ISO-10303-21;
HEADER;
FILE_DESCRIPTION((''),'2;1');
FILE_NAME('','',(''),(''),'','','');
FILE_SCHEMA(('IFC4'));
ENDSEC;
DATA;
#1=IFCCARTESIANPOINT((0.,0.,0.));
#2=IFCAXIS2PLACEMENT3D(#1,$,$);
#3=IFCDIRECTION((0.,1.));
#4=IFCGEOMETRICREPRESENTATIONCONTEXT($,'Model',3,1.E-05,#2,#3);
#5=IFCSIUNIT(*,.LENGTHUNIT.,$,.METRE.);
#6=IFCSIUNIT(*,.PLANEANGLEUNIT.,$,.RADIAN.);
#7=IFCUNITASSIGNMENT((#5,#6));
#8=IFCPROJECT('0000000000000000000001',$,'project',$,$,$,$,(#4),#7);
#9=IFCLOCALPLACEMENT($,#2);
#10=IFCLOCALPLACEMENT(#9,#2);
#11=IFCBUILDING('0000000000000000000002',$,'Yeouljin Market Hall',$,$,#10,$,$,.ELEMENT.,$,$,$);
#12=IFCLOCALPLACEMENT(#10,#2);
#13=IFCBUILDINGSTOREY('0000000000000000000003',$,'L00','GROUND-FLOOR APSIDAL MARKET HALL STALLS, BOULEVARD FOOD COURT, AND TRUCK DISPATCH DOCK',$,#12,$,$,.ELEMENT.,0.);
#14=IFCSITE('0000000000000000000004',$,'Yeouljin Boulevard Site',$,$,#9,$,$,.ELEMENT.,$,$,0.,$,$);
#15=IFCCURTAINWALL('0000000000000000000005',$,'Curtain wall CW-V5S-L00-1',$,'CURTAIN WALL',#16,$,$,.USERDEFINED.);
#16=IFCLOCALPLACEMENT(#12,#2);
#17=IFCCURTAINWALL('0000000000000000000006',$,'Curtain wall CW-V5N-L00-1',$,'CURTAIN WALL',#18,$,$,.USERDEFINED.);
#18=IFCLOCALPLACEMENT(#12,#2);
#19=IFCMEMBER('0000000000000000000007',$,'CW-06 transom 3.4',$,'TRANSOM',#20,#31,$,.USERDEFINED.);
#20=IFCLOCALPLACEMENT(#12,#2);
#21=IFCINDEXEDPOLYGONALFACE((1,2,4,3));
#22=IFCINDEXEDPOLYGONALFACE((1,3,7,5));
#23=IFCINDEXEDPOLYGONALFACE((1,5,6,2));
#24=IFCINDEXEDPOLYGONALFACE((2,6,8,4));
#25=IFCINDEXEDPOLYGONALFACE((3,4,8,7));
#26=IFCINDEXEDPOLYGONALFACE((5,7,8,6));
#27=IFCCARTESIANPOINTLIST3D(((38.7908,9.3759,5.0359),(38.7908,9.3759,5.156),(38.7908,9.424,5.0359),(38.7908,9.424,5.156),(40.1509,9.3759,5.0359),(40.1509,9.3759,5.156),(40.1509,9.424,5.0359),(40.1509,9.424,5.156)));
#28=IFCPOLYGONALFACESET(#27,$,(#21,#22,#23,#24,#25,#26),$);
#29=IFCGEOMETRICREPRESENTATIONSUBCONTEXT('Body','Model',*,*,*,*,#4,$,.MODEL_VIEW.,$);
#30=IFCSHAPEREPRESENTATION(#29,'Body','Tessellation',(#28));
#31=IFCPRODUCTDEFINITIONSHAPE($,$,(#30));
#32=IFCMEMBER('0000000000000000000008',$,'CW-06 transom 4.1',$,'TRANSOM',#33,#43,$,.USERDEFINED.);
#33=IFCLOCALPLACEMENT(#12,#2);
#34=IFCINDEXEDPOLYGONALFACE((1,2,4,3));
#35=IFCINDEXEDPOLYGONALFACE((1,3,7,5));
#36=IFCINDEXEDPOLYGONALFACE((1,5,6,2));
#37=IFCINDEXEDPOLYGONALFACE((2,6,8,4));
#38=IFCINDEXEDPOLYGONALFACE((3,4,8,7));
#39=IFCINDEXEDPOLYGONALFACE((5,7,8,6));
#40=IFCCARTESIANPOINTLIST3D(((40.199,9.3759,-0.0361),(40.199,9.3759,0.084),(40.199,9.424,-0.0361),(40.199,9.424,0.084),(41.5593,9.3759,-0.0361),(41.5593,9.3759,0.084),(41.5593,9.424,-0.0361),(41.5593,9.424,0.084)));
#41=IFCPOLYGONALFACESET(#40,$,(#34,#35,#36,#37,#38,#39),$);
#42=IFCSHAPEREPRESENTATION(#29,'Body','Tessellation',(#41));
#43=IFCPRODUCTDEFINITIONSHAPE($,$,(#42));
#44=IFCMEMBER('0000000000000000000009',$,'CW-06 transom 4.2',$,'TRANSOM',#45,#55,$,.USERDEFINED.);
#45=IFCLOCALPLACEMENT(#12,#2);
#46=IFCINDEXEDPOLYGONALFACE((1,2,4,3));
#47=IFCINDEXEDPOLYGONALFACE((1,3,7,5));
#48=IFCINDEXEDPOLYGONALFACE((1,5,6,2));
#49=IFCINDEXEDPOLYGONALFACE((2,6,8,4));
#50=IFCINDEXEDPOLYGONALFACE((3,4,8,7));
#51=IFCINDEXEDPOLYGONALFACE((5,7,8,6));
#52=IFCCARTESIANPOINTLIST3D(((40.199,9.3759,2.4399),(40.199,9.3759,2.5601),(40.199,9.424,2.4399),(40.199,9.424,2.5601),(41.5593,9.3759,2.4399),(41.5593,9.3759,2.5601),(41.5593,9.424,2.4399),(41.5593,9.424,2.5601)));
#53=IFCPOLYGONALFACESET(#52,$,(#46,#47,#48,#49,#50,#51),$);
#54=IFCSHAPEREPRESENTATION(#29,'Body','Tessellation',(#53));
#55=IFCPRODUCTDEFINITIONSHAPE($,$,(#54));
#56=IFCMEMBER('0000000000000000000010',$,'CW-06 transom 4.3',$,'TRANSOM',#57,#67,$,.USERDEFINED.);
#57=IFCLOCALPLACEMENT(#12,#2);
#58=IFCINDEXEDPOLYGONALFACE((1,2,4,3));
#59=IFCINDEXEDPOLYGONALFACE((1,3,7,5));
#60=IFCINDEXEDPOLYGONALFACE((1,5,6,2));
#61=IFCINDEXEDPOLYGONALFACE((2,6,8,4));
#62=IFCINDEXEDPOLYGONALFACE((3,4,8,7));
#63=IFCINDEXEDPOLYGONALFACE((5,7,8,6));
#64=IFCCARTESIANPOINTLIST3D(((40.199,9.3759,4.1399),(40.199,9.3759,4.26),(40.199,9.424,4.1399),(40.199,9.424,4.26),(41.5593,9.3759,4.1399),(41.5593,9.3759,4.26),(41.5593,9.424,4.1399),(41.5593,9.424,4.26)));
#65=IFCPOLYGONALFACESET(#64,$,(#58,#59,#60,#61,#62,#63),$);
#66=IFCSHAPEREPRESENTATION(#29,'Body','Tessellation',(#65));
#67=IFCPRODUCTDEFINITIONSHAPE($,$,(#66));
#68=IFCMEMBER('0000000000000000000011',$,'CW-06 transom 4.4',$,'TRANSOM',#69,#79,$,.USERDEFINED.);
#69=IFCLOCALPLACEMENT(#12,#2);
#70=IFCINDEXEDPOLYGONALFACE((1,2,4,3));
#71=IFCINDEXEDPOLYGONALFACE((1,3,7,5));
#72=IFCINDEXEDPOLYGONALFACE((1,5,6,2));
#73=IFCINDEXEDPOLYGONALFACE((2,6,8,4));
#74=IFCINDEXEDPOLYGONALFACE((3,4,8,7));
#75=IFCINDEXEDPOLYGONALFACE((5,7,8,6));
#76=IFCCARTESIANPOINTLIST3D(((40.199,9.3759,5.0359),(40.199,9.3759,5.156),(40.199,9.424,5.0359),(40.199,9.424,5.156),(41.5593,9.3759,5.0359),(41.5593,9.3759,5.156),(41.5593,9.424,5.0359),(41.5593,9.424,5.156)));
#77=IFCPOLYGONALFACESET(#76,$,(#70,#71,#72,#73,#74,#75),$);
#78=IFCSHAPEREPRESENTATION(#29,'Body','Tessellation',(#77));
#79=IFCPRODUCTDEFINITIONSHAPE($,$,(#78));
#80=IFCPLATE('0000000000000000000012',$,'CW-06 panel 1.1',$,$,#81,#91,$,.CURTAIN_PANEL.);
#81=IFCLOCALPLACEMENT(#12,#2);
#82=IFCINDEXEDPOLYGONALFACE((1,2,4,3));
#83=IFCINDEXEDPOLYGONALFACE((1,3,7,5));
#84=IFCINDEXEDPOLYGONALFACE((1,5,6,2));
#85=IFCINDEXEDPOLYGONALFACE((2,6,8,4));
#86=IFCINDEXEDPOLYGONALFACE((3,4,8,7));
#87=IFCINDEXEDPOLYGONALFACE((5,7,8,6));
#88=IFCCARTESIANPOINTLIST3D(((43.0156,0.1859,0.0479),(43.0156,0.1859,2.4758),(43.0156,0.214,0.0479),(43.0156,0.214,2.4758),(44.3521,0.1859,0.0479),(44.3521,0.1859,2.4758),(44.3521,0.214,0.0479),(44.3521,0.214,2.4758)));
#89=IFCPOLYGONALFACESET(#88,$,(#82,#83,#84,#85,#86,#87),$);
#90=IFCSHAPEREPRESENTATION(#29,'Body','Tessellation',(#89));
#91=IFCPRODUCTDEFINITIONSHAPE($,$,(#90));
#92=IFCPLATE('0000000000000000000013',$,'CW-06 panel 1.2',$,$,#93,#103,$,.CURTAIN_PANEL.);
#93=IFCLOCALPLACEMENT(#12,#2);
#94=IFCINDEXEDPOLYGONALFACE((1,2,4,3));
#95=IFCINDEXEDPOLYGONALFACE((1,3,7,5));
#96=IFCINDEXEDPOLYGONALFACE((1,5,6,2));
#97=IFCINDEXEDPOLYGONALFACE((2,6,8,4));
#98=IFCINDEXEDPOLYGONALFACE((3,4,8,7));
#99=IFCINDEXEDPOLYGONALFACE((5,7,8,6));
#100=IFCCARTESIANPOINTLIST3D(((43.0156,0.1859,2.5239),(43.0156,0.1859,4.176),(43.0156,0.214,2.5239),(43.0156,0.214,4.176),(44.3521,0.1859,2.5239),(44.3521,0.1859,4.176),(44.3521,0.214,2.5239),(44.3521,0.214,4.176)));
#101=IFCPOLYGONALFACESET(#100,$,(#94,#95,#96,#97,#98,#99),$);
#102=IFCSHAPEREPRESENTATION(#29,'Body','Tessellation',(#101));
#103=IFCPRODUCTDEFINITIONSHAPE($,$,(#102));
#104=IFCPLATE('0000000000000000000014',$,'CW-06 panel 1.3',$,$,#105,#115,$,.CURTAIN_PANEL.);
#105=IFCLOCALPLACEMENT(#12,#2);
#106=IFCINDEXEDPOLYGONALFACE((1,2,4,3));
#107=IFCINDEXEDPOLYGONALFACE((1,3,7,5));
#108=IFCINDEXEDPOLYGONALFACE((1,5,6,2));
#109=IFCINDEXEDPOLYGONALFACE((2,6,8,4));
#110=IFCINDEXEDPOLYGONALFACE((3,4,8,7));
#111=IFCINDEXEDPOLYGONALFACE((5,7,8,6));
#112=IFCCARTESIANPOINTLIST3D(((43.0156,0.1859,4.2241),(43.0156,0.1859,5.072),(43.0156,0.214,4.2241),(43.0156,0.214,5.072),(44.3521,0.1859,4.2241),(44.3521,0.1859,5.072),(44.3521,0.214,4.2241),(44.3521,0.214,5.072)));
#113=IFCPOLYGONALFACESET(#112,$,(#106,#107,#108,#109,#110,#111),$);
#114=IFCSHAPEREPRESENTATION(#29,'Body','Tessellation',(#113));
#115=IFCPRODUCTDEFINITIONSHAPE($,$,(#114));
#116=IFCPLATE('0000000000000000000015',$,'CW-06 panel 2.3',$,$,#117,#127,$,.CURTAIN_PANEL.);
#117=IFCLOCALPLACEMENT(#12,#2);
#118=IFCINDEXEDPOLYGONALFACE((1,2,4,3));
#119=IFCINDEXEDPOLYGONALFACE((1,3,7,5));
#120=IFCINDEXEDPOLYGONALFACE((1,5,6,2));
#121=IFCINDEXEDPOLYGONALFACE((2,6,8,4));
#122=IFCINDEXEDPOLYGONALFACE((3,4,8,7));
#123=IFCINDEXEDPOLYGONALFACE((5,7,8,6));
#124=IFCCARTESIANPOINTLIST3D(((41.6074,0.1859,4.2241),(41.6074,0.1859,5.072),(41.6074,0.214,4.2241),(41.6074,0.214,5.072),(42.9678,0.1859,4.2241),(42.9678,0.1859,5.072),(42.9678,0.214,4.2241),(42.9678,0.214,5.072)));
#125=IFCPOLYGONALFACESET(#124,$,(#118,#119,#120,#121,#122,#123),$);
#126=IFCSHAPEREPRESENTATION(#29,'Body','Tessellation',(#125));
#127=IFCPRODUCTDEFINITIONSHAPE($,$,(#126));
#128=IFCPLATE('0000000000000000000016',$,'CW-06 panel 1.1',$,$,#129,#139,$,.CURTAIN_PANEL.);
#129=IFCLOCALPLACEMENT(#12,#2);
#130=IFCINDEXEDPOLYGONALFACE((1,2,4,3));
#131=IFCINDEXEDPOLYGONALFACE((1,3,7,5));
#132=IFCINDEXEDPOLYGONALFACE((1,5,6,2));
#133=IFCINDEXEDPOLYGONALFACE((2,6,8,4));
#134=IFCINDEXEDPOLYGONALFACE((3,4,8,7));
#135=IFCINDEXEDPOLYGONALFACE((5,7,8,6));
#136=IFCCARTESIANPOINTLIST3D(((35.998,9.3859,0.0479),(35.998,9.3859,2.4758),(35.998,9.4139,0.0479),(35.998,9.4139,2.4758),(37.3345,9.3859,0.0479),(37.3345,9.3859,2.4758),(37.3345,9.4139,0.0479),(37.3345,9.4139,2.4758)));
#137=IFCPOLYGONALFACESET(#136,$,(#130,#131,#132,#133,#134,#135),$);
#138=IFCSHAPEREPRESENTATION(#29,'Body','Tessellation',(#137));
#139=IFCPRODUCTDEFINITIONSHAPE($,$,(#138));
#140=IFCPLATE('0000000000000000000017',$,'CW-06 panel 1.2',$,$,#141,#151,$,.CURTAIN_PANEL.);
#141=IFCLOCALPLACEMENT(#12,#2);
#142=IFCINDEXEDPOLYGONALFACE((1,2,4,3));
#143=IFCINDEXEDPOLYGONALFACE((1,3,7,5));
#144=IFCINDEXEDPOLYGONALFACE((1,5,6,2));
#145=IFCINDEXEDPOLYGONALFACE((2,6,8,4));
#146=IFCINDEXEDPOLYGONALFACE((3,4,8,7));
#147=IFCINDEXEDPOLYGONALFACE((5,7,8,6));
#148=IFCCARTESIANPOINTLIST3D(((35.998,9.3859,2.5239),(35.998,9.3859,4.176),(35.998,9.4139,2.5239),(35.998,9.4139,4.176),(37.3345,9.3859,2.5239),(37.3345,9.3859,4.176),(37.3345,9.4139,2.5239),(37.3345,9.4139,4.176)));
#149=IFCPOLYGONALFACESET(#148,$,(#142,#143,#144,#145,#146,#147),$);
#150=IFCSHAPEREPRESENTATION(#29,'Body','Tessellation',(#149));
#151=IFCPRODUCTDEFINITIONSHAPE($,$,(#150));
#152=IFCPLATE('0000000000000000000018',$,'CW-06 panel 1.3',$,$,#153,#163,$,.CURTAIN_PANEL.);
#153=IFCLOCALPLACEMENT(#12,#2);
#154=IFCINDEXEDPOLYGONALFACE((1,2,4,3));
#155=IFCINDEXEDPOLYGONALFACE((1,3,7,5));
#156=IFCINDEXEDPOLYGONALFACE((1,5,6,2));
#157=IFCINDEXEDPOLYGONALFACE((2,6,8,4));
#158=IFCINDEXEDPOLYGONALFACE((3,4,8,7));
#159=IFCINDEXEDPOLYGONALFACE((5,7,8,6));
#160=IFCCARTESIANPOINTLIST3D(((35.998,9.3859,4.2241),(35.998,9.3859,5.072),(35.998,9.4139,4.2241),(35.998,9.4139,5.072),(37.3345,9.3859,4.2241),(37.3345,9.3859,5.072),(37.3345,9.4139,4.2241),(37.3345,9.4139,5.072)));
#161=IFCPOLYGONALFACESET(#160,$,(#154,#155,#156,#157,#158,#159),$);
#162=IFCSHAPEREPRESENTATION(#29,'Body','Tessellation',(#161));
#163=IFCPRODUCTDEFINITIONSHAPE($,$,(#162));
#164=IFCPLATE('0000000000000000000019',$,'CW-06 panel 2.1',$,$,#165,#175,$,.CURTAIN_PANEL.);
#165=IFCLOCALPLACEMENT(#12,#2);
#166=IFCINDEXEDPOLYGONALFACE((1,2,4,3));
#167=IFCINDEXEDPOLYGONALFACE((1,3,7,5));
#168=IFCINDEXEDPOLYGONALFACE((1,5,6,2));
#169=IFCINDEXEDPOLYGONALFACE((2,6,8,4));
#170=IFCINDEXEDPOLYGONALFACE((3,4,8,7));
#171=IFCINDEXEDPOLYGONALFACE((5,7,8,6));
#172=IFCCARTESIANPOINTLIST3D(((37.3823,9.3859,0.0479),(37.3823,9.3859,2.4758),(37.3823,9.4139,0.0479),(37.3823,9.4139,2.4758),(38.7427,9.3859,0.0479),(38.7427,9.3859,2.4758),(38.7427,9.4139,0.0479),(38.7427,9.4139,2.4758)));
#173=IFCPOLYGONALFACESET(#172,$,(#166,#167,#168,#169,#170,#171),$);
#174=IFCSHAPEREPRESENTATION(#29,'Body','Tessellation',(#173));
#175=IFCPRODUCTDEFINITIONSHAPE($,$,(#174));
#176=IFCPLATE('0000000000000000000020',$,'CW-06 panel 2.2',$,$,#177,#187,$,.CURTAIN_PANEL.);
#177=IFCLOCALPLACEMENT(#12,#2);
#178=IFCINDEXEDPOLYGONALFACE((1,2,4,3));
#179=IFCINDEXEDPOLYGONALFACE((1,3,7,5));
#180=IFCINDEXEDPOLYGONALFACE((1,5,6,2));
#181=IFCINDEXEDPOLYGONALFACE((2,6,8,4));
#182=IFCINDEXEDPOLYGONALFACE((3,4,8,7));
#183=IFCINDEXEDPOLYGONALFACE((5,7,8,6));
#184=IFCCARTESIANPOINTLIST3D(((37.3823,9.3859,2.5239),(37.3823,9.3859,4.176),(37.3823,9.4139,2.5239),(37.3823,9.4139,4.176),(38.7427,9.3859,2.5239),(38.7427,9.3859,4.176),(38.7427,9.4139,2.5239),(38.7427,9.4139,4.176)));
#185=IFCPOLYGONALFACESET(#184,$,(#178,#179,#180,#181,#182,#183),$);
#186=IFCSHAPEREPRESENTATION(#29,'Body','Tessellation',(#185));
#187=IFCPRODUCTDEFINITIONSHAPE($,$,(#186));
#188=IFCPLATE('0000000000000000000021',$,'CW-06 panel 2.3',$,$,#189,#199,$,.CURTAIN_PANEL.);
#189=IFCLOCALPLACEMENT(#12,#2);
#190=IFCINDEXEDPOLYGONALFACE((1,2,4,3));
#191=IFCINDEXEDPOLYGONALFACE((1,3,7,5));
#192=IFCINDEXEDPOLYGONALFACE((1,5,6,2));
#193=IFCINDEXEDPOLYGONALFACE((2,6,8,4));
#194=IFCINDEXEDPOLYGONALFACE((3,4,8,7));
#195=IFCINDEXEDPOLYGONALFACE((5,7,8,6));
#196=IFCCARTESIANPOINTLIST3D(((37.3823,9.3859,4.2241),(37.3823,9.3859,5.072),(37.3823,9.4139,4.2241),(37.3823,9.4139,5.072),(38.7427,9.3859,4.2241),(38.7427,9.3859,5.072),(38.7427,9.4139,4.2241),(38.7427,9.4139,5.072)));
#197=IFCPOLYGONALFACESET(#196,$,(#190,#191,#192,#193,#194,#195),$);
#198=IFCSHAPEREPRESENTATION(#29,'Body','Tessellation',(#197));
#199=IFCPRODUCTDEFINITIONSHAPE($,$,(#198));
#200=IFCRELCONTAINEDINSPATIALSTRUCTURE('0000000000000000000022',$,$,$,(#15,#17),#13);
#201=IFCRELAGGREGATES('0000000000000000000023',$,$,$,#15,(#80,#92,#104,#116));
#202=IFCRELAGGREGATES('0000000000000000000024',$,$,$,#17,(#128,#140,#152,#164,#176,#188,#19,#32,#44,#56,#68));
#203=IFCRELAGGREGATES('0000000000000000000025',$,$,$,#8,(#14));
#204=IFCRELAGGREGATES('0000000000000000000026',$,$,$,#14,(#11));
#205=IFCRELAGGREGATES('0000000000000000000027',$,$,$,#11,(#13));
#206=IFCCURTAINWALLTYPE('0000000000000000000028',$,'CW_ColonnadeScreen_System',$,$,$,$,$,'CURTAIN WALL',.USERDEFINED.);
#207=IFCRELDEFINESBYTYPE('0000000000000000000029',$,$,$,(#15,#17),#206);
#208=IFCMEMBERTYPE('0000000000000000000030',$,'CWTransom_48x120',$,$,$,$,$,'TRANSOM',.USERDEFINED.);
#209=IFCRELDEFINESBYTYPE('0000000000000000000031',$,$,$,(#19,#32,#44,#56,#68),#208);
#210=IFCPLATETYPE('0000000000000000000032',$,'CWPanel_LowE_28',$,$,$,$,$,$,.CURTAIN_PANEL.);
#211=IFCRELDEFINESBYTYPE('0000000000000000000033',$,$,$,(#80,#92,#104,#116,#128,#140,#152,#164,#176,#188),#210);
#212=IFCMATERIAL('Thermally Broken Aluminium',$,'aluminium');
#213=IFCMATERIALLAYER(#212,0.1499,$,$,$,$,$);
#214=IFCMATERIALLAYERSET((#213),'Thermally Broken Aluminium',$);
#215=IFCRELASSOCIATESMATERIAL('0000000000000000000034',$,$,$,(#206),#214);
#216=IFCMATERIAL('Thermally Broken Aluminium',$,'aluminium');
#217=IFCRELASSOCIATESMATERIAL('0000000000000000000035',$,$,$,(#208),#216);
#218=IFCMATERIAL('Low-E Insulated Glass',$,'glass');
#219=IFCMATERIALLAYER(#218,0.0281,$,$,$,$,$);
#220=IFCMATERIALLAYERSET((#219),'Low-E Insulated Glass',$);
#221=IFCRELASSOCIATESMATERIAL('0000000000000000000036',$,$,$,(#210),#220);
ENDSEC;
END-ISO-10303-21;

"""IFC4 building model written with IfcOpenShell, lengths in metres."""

from ifc_helpers import new_model, si_unit, direction, frame, origin, origin_2d, place, context, subcontext, project, spatial, rectangle, extrude, material, layer, layer_set, material_profile, profile_set, type_object, element, aggregate, save


model = new_model("IFC4")

# Units and contexts
model_context = context("Model", 3, precision=1e-05, world=origin(), true_north=direction((0.0, 1.0)))
body_context = subcontext(model_context, "Body", "Model", "MODEL_VIEW")
ifc_project = project(units=[si_unit("LENGTHUNIT", "METRE"), si_unit("PLANEANGLEUNIT", "RADIAN")], contexts=[model_context])

# Site, building, storey
site_placement = place(None, origin())
site = spatial("IfcSite", under=ifc_project, at=site_placement, Name="Yeouljin Boulevard Site", CompositionType="ELEMENT", RefElevation=0.0)
building_placement = place(site_placement, origin())
building = spatial("IfcBuilding", under=site, at=building_placement, Name="Yeouljin Market Hall", CompositionType="ELEMENT")
storey_placement = place(building_placement, origin())
storey = spatial("IfcBuildingStorey", under=building, at=storey_placement, Name="L00", Description="GROUND-FLOOR APSIDAL MARKET HALL STALLS, BOULEVARD FOOD COURT, AND TRUCK DISPATCH DOCK", CompositionType="ELEMENT", Elevation=0.0)

# Curtain wall
ifc_material_1 = material(Name="Thermally Broken Aluminium", Category="aluminium")
ifc_layer_1 = layer(ifc_material_1, 0.1499)
ifc_layer_set_1 = layer_set([ifc_layer_1], Name="Thermally Broken Aluminium")
curtain_wall_type = type_object("IfcCurtainWallType", Name="CW_ColonnadeScreen_System", ElementType="CURTAIN WALL", PredefinedType="USERDEFINED", material=ifc_layer_set_1)
curtain_wall_1_placement = place(storey_placement, origin())
curtain_wall_1 = element("IfcCurtainWall", 1, at=curtain_wall_1_placement, inside=storey, type_object=curtain_wall_type, Name="Curtain wall CW-V5S-L00-1", ObjectType="CURTAIN WALL", PredefinedType="USERDEFINED")

# Curtain wall
curtain_wall_2_placement = place(storey_placement, origin())
curtain_wall_2 = element("IfcCurtainWall", 2, at=curtain_wall_2_placement, inside=storey, type_object=curtain_wall_type, Name="Curtain wall CW-V5N-L00-1", ObjectType="CURTAIN WALL", PredefinedType="USERDEFINED")

# Members
ifc_material_2 = material(Name="Thermally Broken Aluminium", Category="aluminium")
ifc_material_profile_1 = material_profile(ifc_material_2, rectangle(XDim=0.0481, YDim=0.1201, at=origin_2d()), Name="CW-TRAN-48x120")
ifc_profile_set_1 = profile_set([ifc_material_profile_1], Name="Thermally Broken Aluminium")
member_type_1 = type_object("IfcMemberType", Name="CWTransom_48x120", ElementType="TRANSOM", PredefinedType="USERDEFINED", material=ifc_profile_set_1)
member_1_placement = place(storey_placement, frame((38.7908, 9.3999, 5.0959), z_axis=(1.0, 0.0, 0.0), x_axis=(0.0, 1.0, 0.0)))
member_1 = element("IfcMember", 3, at=member_1_placement, type_object=member_type_1, Name="CW-06 transom 3.4", ObjectType="TRANSOM", PredefinedType="USERDEFINED", context=body_context, shape_type="SweptSolid", body=[
    extrude(rectangle(XDim=0.0481, YDim=0.1201, at=origin_2d()), origin(), (0.0, 0.0, 1.0), 1.3601),
])
member_2_placement = place(storey_placement, frame((40.199, 9.3999, 0.0239), z_axis=(1.0, 0.0, 0.0), x_axis=(0.0, 1.0, 0.0)))
member_2 = element("IfcMember", 4, at=member_2_placement, type_object=member_type_1, Name="CW-06 transom 4.1", ObjectType="TRANSOM", PredefinedType="USERDEFINED", context=body_context, shape_type="SweptSolid", body=[
    extrude(rectangle(XDim=0.0481, YDim=0.1201, at=origin_2d()), origin(), (0.0, 0.0, 1.0), 1.3604),
])
member_3_placement = place(storey_placement, frame((40.199, 9.3999, 2.5), z_axis=(1.0, 0.0, 0.0), x_axis=(0.0, 1.0, 0.0)))
member_3 = element("IfcMember", 5, at=member_3_placement, type_object=member_type_1, Name="CW-06 transom 4.2", ObjectType="TRANSOM", PredefinedType="USERDEFINED", context=body_context, shape_type="SweptSolid", body=[
    extrude(rectangle(XDim=0.0481, YDim=0.1201, at=origin_2d()), origin(), (0.0, 0.0, 1.0), 1.3604),
])
member_4_placement = place(storey_placement, frame((40.199, 9.3999, 4.2), z_axis=(1.0, 0.0, 0.0), x_axis=(0.0, 1.0, 0.0)))
member_4 = element("IfcMember", 6, at=member_4_placement, type_object=member_type_1, Name="CW-06 transom 4.3", ObjectType="TRANSOM", PredefinedType="USERDEFINED", context=body_context, shape_type="SweptSolid", body=[
    extrude(rectangle(XDim=0.0481, YDim=0.1201, at=origin_2d()), origin(), (0.0, 0.0, 1.0), 1.3604),
])
member_5_placement = place(storey_placement, frame((40.199, 9.3999, 5.0959), z_axis=(1.0, 0.0, 0.0), x_axis=(0.0, 1.0, 0.0)))
member_5 = element("IfcMember", 7, at=member_5_placement, type_object=member_type_1, Name="CW-06 transom 4.4", ObjectType="TRANSOM", PredefinedType="USERDEFINED", context=body_context, shape_type="SweptSolid", body=[
    extrude(rectangle(XDim=0.0481, YDim=0.1201, at=origin_2d()), origin(), (0.0, 0.0, 1.0), 1.3604),
])

# Plates
ifc_material_3 = material(Name="Low-E Insulated Glass", Category="glass")
ifc_layer_2 = layer(ifc_material_3, 0.0281)
ifc_layer_set_2 = layer_set([ifc_layer_2], Name="Low-E Insulated Glass")
plate_type = type_object("IfcPlateType", Name="CWPanel_LowE_28", PredefinedType="CURTAIN_PANEL", material=ifc_layer_set_2)
plate_1_placement = place(storey_placement, frame((43.6838, 0.2, 0.0479), z_axis=(0.0, 0.0, 1.0), x_axis=(-1.0, 0.0, 0.0)))
plate_1 = element("IfcPlate", 8, at=plate_1_placement, type_object=plate_type, Name="CW-06 panel 1.1", PredefinedType="CURTAIN_PANEL", context=body_context, shape_type="SweptSolid", body=[
    extrude(rectangle(XDim=1.3364, YDim=0.0281, at=origin_2d()), origin(), (0.0, 0.0, 1.0), 2.428),
])
plate_2_placement = place(storey_placement, frame((43.6838, 0.2, 2.5239), z_axis=(0.0, 0.0, 1.0), x_axis=(-1.0, 0.0, 0.0)))
plate_2 = element("IfcPlate", 9, at=plate_2_placement, type_object=plate_type, Name="CW-06 panel 1.2", PredefinedType="CURTAIN_PANEL", context=body_context, shape_type="SweptSolid", body=[
    extrude(rectangle(XDim=1.3364, YDim=0.0281, at=origin_2d()), origin(), (0.0, 0.0, 1.0), 1.6521),
])
plate_3_placement = place(storey_placement, frame((43.6838, 0.2, 4.2241), z_axis=(0.0, 0.0, 1.0), x_axis=(-1.0, 0.0, 0.0)))
plate_3 = element("IfcPlate", 10, at=plate_3_placement, type_object=plate_type, Name="CW-06 panel 1.3", PredefinedType="CURTAIN_PANEL", context=body_context, shape_type="SweptSolid", body=[
    extrude(rectangle(XDim=1.3364, YDim=0.0281, at=origin_2d()), origin(), (0.0, 0.0, 1.0), 0.8479),
])
plate_4_placement = place(storey_placement, frame((42.2876, 0.2, 4.2241), z_axis=(0.0, 0.0, 1.0), x_axis=(-1.0, 0.0, 0.0)))
plate_4 = element("IfcPlate", 11, at=plate_4_placement, type_object=plate_type, Name="CW-06 panel 2.3", PredefinedType="CURTAIN_PANEL", context=body_context, shape_type="SweptSolid", body=[
    extrude(rectangle(XDim=1.3604, YDim=0.0281, at=origin_2d()), origin(), (0.0, 0.0, 1.0), 0.8479),
])
aggregate(curtain_wall_1, [plate_1, plate_2, plate_3, plate_4])
plate_5_placement = place(storey_placement, frame((36.6663, 9.3999, 0.0479), z_axis=(0.0, 0.0, 1.0), x_axis=(1.0, 0.0, 0.0)))
plate_5 = element("IfcPlate", 12, at=plate_5_placement, type_object=plate_type, Name="CW-06 panel 1.1", PredefinedType="CURTAIN_PANEL", context=body_context, shape_type="SweptSolid", body=[
    extrude(rectangle(XDim=1.3364, YDim=0.0281, at=origin_2d()), origin(), (0.0, 0.0, 1.0), 2.428),
])
plate_6_placement = place(storey_placement, frame((36.6663, 9.3999, 2.5239), z_axis=(0.0, 0.0, 1.0), x_axis=(1.0, 0.0, 0.0)))
plate_6 = element("IfcPlate", 13, at=plate_6_placement, type_object=plate_type, Name="CW-06 panel 1.2", PredefinedType="CURTAIN_PANEL", context=body_context, shape_type="SweptSolid", body=[
    extrude(rectangle(XDim=1.3364, YDim=0.0281, at=origin_2d()), origin(), (0.0, 0.0, 1.0), 1.6521),
])
plate_7_placement = place(storey_placement, frame((36.6663, 9.3999, 4.2241), z_axis=(0.0, 0.0, 1.0), x_axis=(1.0, 0.0, 0.0)))
plate_7 = element("IfcPlate", 14, at=plate_7_placement, type_object=plate_type, Name="CW-06 panel 1.3", PredefinedType="CURTAIN_PANEL", context=body_context, shape_type="SweptSolid", body=[
    extrude(rectangle(XDim=1.3364, YDim=0.0281, at=origin_2d()), origin(), (0.0, 0.0, 1.0), 0.8479),
])
plate_8_placement = place(storey_placement, frame((38.0625, 9.3999, 0.0479), z_axis=(0.0, 0.0, 1.0), x_axis=(1.0, 0.0, 0.0)))
plate_8 = element("IfcPlate", 15, at=plate_8_placement, type_object=plate_type, Name="CW-06 panel 2.1", PredefinedType="CURTAIN_PANEL", context=body_context, shape_type="SweptSolid", body=[
    extrude(rectangle(XDim=1.3604, YDim=0.0281, at=origin_2d()), origin(), (0.0, 0.0, 1.0), 2.428),
])
plate_9_placement = place(storey_placement, frame((38.0625, 9.3999, 2.5239), z_axis=(0.0, 0.0, 1.0), x_axis=(1.0, 0.0, 0.0)))
plate_9 = element("IfcPlate", 16, at=plate_9_placement, type_object=plate_type, Name="CW-06 panel 2.2", PredefinedType="CURTAIN_PANEL", context=body_context, shape_type="SweptSolid", body=[
    extrude(rectangle(XDim=1.3604, YDim=0.0281, at=origin_2d()), origin(), (0.0, 0.0, 1.0), 1.6521),
])
plate_10_placement = place(storey_placement, frame((38.0625, 9.3999, 4.2241), z_axis=(0.0, 0.0, 1.0), x_axis=(1.0, 0.0, 0.0)))
plate_10 = element("IfcPlate", 17, at=plate_10_placement, type_object=plate_type, Name="CW-06 panel 2.3", PredefinedType="CURTAIN_PANEL", context=body_context, shape_type="SweptSolid", body=[
    extrude(rectangle(XDim=1.3604, YDim=0.0281, at=origin_2d()), origin(), (0.0, 0.0, 1.0), 0.8479),
])
aggregate(curtain_wall_2, [plate_5, plate_6, plate_7, plate_8, plate_9, plate_10, member_1, member_2, member_3, member_4, member_5])

save(model, "model.ifc")
